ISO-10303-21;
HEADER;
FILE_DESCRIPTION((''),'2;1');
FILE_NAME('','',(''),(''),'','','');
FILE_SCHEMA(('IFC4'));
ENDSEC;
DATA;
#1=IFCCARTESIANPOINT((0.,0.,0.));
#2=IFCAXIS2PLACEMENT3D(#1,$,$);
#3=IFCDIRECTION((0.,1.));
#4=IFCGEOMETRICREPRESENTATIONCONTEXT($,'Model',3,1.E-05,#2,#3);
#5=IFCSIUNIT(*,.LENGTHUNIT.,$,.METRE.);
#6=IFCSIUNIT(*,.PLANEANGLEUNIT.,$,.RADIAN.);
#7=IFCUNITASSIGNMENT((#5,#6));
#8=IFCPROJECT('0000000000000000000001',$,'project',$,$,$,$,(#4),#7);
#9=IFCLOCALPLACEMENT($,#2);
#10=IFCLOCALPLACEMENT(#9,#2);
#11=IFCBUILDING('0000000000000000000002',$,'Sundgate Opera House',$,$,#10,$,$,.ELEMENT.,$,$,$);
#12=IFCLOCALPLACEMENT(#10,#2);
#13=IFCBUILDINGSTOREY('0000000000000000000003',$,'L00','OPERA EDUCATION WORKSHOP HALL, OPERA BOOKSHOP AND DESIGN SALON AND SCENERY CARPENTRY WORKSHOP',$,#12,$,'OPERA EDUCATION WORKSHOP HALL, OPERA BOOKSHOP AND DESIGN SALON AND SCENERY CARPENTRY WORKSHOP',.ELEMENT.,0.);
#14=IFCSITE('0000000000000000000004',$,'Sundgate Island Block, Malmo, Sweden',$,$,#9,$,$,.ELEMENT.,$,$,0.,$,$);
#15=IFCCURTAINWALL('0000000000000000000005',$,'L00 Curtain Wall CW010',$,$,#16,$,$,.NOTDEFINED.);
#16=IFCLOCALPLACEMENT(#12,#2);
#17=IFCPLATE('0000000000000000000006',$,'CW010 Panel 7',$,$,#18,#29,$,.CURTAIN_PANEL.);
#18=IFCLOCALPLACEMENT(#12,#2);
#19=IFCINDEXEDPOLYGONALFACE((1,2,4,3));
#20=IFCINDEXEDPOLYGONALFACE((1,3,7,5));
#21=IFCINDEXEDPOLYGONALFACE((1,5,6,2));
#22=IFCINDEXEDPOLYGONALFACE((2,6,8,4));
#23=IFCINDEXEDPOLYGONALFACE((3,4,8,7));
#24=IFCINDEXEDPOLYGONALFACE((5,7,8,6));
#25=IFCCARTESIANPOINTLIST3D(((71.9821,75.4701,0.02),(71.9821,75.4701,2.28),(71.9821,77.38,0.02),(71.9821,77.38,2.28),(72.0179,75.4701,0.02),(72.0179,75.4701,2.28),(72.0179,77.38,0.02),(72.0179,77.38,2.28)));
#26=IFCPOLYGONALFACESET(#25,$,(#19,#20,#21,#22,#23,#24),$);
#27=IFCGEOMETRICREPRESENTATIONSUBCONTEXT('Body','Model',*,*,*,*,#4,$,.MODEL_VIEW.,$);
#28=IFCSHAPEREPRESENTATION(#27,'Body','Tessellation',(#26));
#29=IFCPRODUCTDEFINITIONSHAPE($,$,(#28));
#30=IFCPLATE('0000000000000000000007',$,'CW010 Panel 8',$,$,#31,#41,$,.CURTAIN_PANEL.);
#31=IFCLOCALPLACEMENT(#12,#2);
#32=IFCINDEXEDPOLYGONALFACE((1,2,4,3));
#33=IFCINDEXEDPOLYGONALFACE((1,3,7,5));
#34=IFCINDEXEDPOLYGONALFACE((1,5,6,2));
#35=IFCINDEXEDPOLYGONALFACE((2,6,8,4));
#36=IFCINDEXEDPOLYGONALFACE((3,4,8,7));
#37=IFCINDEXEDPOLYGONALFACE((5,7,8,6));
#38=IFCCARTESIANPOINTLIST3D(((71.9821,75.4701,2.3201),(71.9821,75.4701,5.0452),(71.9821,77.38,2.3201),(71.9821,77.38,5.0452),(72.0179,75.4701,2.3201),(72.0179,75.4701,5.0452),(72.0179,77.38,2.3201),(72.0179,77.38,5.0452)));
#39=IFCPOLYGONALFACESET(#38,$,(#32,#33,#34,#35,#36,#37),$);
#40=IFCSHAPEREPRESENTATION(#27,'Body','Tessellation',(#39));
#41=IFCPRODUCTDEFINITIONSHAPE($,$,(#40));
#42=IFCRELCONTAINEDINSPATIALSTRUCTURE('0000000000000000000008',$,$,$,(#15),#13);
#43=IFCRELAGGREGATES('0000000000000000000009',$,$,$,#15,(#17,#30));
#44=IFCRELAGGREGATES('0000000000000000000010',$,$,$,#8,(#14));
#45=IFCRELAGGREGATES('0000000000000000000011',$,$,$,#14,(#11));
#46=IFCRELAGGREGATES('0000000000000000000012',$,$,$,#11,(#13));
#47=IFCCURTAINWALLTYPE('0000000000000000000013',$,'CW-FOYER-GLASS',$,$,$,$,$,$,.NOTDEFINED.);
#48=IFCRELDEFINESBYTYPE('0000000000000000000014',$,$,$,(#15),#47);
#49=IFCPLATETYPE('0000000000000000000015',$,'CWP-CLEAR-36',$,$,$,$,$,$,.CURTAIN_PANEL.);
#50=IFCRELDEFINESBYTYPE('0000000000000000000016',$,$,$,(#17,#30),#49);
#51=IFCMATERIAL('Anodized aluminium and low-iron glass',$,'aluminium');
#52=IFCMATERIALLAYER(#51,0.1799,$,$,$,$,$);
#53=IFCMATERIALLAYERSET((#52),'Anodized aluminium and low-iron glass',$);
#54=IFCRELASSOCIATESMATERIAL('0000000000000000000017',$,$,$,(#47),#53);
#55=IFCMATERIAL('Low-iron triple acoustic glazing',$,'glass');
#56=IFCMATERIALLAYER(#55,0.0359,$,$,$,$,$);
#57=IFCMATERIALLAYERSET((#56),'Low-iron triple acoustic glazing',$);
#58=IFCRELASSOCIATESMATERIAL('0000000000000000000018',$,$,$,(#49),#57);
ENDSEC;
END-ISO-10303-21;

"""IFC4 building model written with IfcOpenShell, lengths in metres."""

from ifc_helpers import new_model, si_unit, direction, frame, origin, origin_2d, place, context, subcontext, project, spatial, rectangle, extrude, material, layer, layer_set, type_object, element, aggregate, save


model = new_model("IFC4")

# Units and contexts
model_context = context("Model", 3, precision=1e-05, world=origin(), true_north=direction((0.0, 1.0)))
body_context = subcontext(model_context, "Body", "Model", "MODEL_VIEW")
ifc_project = project(units=[si_unit("LENGTHUNIT", "METRE"), si_unit("PLANEANGLEUNIT", "RADIAN")], contexts=[model_context])

# Site, building, storey
site_placement = place(None, origin())
site = spatial("IfcSite", under=ifc_project, at=site_placement, Name="Sundgate Island Block, Malmo, Sweden", CompositionType="ELEMENT", RefElevation=0.0)
building_placement = place(site_placement, origin())
building = spatial("IfcBuilding", under=site, at=building_placement, Name="Sundgate Opera House", CompositionType="ELEMENT")
storey_placement = place(building_placement, origin())
storey = spatial("IfcBuildingStorey", under=building, at=storey_placement, Name="L00", Description="OPERA EDUCATION WORKSHOP HALL, OPERA BOOKSHOP AND DESIGN SALON AND SCENERY CARPENTRY WORKSHOP", LongName="OPERA EDUCATION WORKSHOP HALL, OPERA BOOKSHOP AND DESIGN SALON AND SCENERY CARPENTRY WORKSHOP", CompositionType="ELEMENT", Elevation=0.0)

# Curtain wall, plates
ifc_material_1 = material(Name="Anodized aluminium and low-iron glass", Category="aluminium")
ifc_layer_1 = layer(ifc_material_1, 0.1799)
ifc_layer_set_1 = layer_set([ifc_layer_1], Name="Anodized aluminium and low-iron glass")
curtain_wall_type = type_object("IfcCurtainWallType", Name="CW-FOYER-GLASS", PredefinedType="NOTDEFINED", material=ifc_layer_set_1)
curtain_wall_placement = place(storey_placement, origin())
curtain_wall = element("IfcCurtainWall", 1, at=curtain_wall_placement, inside=storey, type_object=curtain_wall_type, Name="L00 Curtain Wall CW010", PredefinedType="NOTDEFINED")
ifc_material_2 = material(Name="Low-iron triple acoustic glazing", Category="glass")
ifc_layer_2 = layer(ifc_material_2, 0.0359)
ifc_layer_set_2 = layer_set([ifc_layer_2], Name="Low-iron triple acoustic glazing")
plate_type = type_object("IfcPlateType", Name="CWP-CLEAR-36", PredefinedType="CURTAIN_PANEL", material=ifc_layer_set_2)
plate_1_placement = place(storey_placement, frame((72.0, 76.425, 0.02), z_axis=(0.0, 0.0, 1.0), x_axis=(0.0, 1.0, 0.0)))
plate_1 = element("IfcPlate", 2, at=plate_1_placement, type_object=plate_type, Name="CW010 Panel 7", PredefinedType="CURTAIN_PANEL", context=body_context, shape_type="SweptSolid", body=[
    extrude(rectangle(XDim=1.9099, YDim=0.0359, at=origin_2d()), origin(), (0.0, 0.0, 1.0), 2.26),
])
plate_2_placement = place(storey_placement, frame((72.0, 76.425, 2.3201), z_axis=(0.0, 0.0, 1.0), x_axis=(0.0, 1.0, 0.0)))
plate_2 = element("IfcPlate", 3, at=plate_2_placement, type_object=plate_type, Name="CW010 Panel 8", PredefinedType="CURTAIN_PANEL", context=body_context, shape_type="SweptSolid", body=[
    extrude(rectangle(XDim=1.9099, YDim=0.0359, at=origin_2d()), origin(), (0.0, 0.0, 1.0), 2.7251),
])
aggregate(curtain_wall, [plate_1, plate_2])

save(model, "model.ifc")
